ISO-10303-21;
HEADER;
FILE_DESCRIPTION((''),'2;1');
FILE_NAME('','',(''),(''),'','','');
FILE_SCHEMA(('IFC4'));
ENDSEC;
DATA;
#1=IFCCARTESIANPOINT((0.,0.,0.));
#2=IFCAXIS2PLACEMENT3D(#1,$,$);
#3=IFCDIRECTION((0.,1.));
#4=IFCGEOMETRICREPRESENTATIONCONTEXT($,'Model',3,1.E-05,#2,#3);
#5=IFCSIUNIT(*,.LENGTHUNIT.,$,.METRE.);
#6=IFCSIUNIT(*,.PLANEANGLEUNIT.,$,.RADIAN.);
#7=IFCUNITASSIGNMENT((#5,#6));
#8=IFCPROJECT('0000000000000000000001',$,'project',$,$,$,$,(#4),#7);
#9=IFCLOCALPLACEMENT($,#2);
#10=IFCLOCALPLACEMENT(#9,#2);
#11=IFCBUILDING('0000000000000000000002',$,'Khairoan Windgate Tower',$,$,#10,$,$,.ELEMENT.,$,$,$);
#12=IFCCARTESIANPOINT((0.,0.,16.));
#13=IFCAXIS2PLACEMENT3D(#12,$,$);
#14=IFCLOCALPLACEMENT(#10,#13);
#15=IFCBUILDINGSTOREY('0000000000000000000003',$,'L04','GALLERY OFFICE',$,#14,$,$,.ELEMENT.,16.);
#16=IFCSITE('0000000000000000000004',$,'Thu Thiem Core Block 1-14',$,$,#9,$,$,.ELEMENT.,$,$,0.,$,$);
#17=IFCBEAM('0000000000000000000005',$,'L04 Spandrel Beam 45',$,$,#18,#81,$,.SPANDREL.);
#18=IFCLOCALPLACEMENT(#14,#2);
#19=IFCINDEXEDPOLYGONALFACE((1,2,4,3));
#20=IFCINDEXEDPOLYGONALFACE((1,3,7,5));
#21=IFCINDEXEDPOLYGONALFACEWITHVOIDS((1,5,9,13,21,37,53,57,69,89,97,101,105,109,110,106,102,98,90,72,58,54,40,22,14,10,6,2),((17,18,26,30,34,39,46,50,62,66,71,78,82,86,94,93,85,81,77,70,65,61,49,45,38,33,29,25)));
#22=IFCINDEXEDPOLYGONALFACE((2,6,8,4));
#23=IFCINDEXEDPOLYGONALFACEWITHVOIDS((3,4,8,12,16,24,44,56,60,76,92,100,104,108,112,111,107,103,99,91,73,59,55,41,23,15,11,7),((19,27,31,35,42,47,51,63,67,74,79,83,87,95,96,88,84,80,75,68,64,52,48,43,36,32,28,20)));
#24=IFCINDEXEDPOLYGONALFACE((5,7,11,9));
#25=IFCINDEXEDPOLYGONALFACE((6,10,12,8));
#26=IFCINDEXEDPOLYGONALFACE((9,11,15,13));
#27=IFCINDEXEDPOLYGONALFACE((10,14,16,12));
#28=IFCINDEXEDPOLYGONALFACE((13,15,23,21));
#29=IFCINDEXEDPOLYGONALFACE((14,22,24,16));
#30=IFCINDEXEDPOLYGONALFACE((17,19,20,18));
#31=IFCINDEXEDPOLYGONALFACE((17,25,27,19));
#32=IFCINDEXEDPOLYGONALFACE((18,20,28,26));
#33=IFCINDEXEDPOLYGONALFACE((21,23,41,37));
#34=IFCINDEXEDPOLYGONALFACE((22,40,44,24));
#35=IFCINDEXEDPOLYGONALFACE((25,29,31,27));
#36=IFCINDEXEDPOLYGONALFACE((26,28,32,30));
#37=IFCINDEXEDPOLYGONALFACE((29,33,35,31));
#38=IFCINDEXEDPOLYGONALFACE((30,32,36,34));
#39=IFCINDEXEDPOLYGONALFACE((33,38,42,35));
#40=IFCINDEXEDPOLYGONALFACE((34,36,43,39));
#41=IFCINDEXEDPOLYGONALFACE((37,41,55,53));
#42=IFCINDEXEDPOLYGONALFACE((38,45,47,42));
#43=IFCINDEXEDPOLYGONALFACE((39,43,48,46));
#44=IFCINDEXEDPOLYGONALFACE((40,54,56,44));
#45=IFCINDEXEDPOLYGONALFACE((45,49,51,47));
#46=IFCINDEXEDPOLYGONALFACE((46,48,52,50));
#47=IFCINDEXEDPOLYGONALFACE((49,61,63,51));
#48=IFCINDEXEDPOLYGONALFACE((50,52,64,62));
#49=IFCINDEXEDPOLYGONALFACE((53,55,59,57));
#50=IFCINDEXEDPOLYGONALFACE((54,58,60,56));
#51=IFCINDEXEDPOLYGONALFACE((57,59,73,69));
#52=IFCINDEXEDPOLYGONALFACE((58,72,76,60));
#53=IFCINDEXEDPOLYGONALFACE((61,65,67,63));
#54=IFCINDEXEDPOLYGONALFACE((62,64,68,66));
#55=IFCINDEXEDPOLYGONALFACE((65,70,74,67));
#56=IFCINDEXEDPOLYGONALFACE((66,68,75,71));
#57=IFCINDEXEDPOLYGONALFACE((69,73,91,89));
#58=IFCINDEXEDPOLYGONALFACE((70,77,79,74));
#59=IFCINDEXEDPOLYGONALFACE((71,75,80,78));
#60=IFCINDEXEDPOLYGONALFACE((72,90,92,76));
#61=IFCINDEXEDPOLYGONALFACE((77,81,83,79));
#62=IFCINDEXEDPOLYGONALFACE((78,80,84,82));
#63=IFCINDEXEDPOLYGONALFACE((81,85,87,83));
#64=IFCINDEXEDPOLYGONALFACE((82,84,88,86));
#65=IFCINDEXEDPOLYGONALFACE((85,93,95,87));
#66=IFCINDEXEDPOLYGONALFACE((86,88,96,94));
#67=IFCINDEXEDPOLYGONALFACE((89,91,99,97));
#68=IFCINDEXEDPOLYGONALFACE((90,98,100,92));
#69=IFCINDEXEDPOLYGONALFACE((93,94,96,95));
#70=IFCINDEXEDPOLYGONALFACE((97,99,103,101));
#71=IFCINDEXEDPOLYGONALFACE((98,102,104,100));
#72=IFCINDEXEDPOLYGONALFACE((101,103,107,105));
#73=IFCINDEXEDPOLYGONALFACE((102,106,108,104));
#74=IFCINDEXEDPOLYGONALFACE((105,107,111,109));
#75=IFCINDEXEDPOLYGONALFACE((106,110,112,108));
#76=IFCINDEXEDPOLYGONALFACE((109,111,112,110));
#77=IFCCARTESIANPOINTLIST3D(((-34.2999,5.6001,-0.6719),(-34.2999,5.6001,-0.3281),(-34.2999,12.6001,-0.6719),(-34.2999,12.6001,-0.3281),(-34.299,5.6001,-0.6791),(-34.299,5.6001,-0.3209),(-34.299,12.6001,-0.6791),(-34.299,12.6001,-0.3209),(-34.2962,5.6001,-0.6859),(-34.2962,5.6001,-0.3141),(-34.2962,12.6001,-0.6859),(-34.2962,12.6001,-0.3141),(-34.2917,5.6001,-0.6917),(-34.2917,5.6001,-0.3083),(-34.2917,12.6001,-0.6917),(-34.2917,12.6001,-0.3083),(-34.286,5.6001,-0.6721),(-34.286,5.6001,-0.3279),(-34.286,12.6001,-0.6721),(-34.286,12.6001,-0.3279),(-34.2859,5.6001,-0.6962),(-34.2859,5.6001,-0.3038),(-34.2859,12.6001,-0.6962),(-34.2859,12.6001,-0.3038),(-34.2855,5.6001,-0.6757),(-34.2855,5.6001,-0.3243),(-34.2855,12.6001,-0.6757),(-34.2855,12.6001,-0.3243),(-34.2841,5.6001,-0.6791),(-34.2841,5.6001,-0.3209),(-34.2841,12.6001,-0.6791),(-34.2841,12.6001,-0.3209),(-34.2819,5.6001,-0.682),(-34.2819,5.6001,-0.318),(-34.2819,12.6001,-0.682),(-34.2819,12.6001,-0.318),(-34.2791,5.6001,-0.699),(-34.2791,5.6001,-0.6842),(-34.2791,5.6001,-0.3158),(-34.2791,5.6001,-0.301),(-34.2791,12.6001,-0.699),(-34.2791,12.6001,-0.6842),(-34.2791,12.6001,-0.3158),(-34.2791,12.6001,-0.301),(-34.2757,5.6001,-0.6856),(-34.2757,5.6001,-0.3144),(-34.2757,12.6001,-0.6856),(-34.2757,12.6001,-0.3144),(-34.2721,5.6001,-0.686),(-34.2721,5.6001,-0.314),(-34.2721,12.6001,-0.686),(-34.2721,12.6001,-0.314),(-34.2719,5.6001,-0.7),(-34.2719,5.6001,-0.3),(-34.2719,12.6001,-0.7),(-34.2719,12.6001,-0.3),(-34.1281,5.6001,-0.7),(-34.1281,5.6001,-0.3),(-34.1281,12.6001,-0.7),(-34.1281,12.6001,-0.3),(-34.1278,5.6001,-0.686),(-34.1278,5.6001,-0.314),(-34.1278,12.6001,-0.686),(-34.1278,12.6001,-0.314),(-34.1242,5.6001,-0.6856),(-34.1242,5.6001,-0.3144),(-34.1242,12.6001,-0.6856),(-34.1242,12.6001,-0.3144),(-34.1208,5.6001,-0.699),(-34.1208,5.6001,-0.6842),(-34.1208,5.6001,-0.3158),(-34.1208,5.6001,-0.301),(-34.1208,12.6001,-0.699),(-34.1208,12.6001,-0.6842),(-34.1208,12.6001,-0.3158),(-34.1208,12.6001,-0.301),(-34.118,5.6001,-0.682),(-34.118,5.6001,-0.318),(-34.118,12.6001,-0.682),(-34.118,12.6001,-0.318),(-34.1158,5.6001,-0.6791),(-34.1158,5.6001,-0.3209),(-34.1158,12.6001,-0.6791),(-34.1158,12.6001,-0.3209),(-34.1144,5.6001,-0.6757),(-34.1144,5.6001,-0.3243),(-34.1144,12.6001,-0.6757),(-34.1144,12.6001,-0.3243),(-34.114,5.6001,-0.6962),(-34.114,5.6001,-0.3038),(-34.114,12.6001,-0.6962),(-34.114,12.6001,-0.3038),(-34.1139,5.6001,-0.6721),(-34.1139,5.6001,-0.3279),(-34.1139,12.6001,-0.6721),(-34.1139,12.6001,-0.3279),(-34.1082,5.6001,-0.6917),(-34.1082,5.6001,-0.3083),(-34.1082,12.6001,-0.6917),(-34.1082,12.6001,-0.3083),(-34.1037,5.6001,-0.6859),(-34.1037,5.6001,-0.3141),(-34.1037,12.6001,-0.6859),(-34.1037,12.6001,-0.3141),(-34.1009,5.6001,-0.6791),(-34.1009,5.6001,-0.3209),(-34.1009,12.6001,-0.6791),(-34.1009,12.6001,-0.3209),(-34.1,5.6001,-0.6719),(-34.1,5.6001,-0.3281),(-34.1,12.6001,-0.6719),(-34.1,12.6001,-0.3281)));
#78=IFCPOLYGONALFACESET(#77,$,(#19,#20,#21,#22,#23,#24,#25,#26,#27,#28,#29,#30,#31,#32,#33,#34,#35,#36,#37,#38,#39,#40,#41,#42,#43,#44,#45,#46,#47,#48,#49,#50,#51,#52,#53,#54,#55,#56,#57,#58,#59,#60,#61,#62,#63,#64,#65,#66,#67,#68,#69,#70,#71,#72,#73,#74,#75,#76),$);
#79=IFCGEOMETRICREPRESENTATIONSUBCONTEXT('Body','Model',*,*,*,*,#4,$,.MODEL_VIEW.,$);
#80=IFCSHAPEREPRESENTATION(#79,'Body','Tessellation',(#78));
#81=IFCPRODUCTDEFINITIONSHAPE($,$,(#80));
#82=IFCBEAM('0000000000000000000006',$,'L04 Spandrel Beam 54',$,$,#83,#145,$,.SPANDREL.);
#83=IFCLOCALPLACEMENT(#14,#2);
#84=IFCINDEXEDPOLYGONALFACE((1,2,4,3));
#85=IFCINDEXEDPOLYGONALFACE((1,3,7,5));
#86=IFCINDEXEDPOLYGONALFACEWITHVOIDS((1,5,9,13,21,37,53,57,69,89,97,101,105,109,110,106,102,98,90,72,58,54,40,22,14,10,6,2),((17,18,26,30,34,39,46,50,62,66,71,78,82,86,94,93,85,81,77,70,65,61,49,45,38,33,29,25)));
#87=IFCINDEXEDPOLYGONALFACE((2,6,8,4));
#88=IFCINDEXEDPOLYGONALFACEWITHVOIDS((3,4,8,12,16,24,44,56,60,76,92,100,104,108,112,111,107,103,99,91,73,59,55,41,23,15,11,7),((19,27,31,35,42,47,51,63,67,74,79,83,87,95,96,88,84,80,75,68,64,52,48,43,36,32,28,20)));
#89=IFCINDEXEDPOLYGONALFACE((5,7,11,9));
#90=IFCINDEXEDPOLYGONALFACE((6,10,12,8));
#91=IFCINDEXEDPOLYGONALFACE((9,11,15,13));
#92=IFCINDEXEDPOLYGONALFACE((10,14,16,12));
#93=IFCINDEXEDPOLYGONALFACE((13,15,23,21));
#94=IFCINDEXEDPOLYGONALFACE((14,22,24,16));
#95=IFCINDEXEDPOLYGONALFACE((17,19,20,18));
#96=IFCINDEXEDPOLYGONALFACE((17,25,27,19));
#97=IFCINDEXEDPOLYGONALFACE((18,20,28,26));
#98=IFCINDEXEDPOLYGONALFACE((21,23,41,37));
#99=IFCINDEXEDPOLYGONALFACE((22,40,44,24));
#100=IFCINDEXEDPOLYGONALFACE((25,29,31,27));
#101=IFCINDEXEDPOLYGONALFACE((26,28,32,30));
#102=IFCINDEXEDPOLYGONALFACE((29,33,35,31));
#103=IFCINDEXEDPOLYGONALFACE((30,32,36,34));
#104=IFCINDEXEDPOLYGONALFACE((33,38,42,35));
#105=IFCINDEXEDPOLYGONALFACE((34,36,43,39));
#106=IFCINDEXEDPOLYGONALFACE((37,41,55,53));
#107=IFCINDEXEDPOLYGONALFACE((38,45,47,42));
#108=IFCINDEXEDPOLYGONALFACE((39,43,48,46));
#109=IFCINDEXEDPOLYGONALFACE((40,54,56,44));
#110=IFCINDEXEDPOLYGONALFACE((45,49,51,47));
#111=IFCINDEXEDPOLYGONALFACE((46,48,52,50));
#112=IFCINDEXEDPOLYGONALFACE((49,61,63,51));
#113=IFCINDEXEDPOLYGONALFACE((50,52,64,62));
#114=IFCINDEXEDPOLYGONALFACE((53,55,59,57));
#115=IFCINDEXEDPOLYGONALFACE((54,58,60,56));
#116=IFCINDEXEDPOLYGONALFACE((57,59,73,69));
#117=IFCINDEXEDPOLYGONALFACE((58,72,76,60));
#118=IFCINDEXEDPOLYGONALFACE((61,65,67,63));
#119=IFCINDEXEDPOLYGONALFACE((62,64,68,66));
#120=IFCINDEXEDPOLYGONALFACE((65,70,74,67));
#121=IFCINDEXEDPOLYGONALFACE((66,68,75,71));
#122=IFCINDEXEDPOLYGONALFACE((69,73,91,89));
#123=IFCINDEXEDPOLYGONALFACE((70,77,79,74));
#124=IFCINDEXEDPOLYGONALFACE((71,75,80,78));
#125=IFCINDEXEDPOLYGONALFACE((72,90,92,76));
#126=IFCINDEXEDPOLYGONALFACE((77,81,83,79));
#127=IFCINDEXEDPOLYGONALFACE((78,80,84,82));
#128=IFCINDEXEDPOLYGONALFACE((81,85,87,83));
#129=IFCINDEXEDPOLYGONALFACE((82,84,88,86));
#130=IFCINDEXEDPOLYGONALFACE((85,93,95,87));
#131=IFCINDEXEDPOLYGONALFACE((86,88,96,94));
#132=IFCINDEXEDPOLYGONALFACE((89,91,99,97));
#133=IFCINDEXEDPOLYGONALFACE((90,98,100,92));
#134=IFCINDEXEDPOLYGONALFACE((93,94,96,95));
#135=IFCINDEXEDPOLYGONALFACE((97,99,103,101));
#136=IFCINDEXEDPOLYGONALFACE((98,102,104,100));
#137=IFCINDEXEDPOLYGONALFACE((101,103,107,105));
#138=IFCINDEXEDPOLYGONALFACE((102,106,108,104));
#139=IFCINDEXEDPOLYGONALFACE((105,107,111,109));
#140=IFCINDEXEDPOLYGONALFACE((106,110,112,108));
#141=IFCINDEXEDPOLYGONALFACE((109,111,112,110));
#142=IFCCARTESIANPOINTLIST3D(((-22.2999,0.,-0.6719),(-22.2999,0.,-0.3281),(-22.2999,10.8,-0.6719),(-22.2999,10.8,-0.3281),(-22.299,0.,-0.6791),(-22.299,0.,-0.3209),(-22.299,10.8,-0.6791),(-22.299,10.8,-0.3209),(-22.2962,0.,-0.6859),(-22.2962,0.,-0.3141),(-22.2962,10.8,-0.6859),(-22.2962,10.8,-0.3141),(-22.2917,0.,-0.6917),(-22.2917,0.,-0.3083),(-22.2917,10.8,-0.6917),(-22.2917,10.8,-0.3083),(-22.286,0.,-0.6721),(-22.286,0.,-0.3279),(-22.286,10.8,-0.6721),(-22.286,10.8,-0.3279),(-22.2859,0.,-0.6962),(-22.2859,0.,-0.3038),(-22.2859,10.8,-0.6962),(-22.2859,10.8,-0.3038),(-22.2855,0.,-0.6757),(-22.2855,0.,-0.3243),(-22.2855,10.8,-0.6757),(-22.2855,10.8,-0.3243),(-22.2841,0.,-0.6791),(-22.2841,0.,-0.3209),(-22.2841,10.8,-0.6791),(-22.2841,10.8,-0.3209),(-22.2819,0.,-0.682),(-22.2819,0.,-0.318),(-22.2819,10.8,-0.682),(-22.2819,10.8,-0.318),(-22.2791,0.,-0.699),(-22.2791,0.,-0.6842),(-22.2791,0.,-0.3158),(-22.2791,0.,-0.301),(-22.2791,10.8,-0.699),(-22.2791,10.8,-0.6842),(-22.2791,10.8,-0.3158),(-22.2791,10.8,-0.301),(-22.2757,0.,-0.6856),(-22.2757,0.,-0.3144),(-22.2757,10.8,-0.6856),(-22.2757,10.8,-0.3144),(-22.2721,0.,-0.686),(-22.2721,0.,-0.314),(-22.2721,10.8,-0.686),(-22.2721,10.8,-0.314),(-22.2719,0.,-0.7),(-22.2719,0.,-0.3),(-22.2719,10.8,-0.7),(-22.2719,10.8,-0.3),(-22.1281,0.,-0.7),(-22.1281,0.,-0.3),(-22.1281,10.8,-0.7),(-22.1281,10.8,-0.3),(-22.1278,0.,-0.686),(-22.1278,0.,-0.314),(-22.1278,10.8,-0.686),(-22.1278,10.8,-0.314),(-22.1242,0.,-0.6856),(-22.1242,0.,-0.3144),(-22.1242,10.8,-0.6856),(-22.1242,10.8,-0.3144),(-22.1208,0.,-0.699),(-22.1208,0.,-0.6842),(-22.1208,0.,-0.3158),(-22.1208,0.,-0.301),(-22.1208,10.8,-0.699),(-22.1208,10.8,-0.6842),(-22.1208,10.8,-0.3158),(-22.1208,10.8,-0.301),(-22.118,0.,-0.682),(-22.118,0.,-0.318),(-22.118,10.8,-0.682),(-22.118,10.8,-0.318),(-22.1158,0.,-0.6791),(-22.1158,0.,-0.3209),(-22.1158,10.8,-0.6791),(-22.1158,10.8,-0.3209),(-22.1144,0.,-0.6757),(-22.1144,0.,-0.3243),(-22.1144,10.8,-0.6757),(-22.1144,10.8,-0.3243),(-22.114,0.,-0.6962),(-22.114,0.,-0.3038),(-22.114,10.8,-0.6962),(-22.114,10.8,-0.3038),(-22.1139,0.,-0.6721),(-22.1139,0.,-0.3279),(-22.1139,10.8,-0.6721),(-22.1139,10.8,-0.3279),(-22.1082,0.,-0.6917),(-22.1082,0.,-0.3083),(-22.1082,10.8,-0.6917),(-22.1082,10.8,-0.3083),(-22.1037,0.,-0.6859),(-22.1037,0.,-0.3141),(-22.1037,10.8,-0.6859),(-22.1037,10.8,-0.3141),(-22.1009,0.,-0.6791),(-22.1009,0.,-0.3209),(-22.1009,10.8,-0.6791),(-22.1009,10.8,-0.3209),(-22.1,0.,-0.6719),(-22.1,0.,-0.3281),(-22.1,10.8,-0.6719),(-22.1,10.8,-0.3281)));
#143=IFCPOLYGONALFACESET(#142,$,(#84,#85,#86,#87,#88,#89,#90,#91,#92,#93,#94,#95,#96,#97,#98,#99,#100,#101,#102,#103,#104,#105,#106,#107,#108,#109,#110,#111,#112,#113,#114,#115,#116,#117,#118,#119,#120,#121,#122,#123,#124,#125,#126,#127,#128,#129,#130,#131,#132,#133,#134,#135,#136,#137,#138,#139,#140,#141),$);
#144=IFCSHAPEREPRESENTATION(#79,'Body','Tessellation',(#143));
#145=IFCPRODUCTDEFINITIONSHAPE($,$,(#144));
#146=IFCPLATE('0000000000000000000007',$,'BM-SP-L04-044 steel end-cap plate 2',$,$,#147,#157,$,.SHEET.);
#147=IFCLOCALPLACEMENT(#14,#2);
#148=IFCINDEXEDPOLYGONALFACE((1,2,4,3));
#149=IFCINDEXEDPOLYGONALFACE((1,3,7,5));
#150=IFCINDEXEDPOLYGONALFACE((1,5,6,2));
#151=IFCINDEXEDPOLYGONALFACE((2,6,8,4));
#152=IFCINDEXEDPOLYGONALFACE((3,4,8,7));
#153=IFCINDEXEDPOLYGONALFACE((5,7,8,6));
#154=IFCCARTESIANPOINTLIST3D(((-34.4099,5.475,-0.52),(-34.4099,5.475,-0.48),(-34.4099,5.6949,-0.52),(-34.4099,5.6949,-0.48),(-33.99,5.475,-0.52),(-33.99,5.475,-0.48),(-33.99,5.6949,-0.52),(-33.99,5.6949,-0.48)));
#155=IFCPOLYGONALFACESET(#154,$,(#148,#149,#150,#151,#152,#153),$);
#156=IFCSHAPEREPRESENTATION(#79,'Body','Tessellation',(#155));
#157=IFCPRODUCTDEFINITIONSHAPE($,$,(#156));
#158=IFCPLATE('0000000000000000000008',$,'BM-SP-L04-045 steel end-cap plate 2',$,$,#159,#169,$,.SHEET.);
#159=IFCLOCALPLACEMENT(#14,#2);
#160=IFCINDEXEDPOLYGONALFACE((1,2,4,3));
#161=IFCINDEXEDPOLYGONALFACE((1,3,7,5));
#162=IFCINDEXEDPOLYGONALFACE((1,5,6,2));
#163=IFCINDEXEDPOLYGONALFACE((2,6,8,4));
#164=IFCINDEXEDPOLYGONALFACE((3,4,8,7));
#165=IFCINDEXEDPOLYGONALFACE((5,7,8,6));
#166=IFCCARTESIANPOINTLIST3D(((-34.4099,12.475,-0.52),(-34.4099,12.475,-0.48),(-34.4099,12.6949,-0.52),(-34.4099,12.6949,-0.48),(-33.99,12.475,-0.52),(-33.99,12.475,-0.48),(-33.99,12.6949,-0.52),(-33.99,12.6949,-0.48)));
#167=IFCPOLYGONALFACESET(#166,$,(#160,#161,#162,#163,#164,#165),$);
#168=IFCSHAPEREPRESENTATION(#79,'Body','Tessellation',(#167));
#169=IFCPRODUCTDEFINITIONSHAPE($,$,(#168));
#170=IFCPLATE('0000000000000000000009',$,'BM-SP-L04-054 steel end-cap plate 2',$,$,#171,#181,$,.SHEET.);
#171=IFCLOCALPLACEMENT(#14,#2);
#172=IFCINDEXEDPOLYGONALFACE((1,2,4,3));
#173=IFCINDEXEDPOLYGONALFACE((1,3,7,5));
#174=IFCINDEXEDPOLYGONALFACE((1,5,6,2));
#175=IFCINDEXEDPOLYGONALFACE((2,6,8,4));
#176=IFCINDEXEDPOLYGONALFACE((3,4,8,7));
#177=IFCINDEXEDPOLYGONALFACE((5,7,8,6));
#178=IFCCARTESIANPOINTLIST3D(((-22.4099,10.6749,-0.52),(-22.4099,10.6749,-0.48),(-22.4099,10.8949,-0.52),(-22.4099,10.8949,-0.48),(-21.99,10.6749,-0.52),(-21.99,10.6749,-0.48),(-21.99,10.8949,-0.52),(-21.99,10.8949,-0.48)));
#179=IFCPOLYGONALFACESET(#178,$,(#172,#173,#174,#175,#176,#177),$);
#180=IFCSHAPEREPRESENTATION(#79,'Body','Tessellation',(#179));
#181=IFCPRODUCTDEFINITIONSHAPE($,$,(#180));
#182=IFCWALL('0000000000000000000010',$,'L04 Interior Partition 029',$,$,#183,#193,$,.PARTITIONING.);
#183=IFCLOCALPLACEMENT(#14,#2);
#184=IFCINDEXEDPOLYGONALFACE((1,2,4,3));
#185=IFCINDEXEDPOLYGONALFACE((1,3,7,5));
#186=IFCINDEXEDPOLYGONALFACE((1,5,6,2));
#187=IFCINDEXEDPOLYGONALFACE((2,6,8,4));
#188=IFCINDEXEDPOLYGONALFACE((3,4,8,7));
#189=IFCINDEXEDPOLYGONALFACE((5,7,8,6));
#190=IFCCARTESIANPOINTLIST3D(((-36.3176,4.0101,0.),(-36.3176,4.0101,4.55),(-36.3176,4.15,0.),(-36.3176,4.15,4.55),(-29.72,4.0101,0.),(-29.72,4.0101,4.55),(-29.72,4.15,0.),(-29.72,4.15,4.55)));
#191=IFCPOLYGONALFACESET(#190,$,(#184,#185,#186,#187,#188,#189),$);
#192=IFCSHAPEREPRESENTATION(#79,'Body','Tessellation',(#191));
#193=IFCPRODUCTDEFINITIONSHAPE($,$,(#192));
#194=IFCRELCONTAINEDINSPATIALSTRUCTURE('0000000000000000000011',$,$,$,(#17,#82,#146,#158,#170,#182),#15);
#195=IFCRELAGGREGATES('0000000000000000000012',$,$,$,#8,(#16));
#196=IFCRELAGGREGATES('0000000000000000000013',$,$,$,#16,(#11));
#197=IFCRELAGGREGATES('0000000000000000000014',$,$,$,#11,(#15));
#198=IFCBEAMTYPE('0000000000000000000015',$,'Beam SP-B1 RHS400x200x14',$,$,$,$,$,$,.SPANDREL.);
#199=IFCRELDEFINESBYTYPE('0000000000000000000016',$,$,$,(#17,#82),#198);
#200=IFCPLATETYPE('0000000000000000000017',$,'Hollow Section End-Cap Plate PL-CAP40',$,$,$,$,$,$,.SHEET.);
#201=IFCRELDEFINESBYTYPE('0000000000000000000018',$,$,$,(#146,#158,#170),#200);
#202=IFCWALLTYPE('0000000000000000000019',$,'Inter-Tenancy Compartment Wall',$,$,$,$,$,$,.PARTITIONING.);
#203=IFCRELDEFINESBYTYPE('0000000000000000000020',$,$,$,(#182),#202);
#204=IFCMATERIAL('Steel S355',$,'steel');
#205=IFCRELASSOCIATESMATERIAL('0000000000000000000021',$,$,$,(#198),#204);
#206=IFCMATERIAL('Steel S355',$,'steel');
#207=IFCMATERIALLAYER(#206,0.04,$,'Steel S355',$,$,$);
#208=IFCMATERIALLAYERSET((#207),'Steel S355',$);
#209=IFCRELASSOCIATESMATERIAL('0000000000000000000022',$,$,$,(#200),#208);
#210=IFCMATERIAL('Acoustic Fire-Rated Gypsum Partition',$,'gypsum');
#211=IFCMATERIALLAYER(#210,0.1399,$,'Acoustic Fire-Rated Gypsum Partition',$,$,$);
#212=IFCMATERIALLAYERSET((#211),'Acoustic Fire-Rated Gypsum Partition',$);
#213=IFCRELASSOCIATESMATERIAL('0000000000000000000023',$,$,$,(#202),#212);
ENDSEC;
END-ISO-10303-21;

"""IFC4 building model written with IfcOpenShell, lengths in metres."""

from ifc_helpers import new_model, si_unit, direction, frame, frame_2d, origin, origin_2d, place, context, subcontext, project, spatial, rectangle, hollow_rectangle, extrude, material, layer, layer_set, material_profile, profile_set, type_object, element, save


model = new_model("IFC4")

# Units and contexts
model_context = context("Model", 3, precision=1e-05, world=origin(), true_north=direction((0.0, 1.0)))
body_context = subcontext(model_context, "Body", "Model", "MODEL_VIEW")
ifc_project = project(units=[si_unit("LENGTHUNIT", "METRE"), si_unit("PLANEANGLEUNIT", "RADIAN")], contexts=[model_context])

# Site, building, storey
site_placement = place(None, origin())
site = spatial("IfcSite", under=ifc_project, at=site_placement, Name="Thu Thiem Core Block 1-14", CompositionType="ELEMENT", RefElevation=0.0)
building_placement = place(site_placement, origin())
building = spatial("IfcBuilding", under=site, at=building_placement, Name="Khairoan Windgate Tower", CompositionType="ELEMENT")
storey_placement = place(building_placement, frame((0.0, 0.0, 16.0)))
storey = spatial("IfcBuildingStorey", under=building, at=storey_placement, Name="L04", Description="GALLERY OFFICE", CompositionType="ELEMENT", Elevation=16.0)

# Beams
ifc_material_1 = material(Name="Steel S355", Category="steel")
ifc_material_profile_1 = material_profile(ifc_material_1, hollow_rectangle(XDim=0.2, YDim=0.3999, WallThickness=0.0139, InnerFilletRadius=0.0139, OuterFilletRadius=0.0281, at=origin_2d()))
ifc_profile_set_1 = profile_set([ifc_material_profile_1], Name="Steel S355")
beam_type_1 = type_object("IfcBeamType", Name="Beam SP-B1 RHS400x200x14", PredefinedType="SPANDREL", material=ifc_profile_set_1)
beam_1_placement = place(storey_placement, frame((-34.2, 5.6001, -0.5), z_axis=(0.0, 1.0, 0.0), x_axis=(-1.0, 0.0, 0.0)))
element("IfcBeam", 1, at=beam_1_placement, inside=storey, type_object=beam_type_1, Name="L04 Spandrel Beam 45", PredefinedType="SPANDREL", context=body_context, shape_type="SweptSolid", body=[
    extrude(hollow_rectangle(XDim=0.2, YDim=0.3999, WallThickness=0.0139, InnerFilletRadius=0.0139, OuterFilletRadius=0.0281, at=origin_2d()), origin(), (0.0, 0.0, 1.0), 7.0),
])
beam_2_placement = place(storey_placement, frame((-22.2, 0.0, -0.5), z_axis=(0.0, 1.0, 0.0), x_axis=(-1.0, 0.0, 0.0)))
element("IfcBeam", 2, at=beam_2_placement, inside=storey, type_object=beam_type_1, Name="L04 Spandrel Beam 54", PredefinedType="SPANDREL", context=body_context, shape_type="SweptSolid", body=[
    extrude(hollow_rectangle(XDim=0.2, YDim=0.3999, WallThickness=0.0139, InnerFilletRadius=0.0139, OuterFilletRadius=0.0281, at=origin_2d()), origin(), (0.0, 0.0, 1.0), 10.8),
])

# Plates
ifc_material_2 = material(Name="Steel S355", Category="steel")
ifc_layer_1 = layer(ifc_material_2, 0.04, Name="Steel S355")
ifc_layer_set_1 = layer_set([ifc_layer_1], Name="Steel S355")
plate_type = type_object("IfcPlateType", Name="Hollow Section End-Cap Plate PL-CAP40", PredefinedType="SHEET", material=ifc_layer_set_1)
for number, where, z_axis, x_axis, name in (
    (3, (-34.2, 5.585, -0.52), (0.0, 0.0, 1.0), (0.0, 1.0, 0.0), "BM-SP-L04-044 steel end-cap plate 2"),
    (4, (-34.2, 12.585, -0.52), (0.0, 0.0, 1.0), (0.0, 1.0, 0.0), "BM-SP-L04-045 steel end-cap plate 2"),
    (5, (-22.2, 10.7849, -0.52), (0.0, 0.0, 1.0), (0.0, 1.0, 0.0), "BM-SP-L04-054 steel end-cap plate 2"),
):
    element("IfcPlate", number, at=place(storey_placement, frame(where, z_axis=z_axis, x_axis=x_axis)), inside=storey, type_object=plate_type, Name=name, PredefinedType="SHEET", context=body_context, shape_type="SweptSolid", body=[
        extrude(rectangle(XDim=0.22, YDim=0.4199, at=origin_2d()), origin(), (0.0, 0.0, 1.0), 0.04),
    ])

# Wall
ifc_material_3 = material(Name="Acoustic Fire-Rated Gypsum Partition", Category="gypsum")
ifc_layer_2 = layer(ifc_material_3, 0.1399, Name="Acoustic Fire-Rated Gypsum Partition")
ifc_layer_set_2 = layer_set([ifc_layer_2], Name="Acoustic Fire-Rated Gypsum Partition")
wall_type_1 = type_object("IfcWallType", Name="Inter-Tenancy Compartment Wall", PredefinedType="PARTITIONING", material=ifc_layer_set_2)
wall_1_placement = place(storey_placement, frame((-36.3176, 4.0801, 0.0), z_axis=(0.0, 0.0, 1.0), x_axis=(1.0, 0.0, 0.0)))
element("IfcWall", 6, at=wall_1_placement, inside=storey, type_object=wall_type_1, Name="L04 Interior Partition 029", PredefinedType="PARTITIONING", context=body_context, shape_type="SweptSolid", body=[
    extrude(rectangle(XDim=6.5977, YDim=0.1399, at=frame_2d((3.2988, 0.0))), origin(), (0.0, 0.0, 1.0), 4.55),
])

save(model, "model.ifc")
